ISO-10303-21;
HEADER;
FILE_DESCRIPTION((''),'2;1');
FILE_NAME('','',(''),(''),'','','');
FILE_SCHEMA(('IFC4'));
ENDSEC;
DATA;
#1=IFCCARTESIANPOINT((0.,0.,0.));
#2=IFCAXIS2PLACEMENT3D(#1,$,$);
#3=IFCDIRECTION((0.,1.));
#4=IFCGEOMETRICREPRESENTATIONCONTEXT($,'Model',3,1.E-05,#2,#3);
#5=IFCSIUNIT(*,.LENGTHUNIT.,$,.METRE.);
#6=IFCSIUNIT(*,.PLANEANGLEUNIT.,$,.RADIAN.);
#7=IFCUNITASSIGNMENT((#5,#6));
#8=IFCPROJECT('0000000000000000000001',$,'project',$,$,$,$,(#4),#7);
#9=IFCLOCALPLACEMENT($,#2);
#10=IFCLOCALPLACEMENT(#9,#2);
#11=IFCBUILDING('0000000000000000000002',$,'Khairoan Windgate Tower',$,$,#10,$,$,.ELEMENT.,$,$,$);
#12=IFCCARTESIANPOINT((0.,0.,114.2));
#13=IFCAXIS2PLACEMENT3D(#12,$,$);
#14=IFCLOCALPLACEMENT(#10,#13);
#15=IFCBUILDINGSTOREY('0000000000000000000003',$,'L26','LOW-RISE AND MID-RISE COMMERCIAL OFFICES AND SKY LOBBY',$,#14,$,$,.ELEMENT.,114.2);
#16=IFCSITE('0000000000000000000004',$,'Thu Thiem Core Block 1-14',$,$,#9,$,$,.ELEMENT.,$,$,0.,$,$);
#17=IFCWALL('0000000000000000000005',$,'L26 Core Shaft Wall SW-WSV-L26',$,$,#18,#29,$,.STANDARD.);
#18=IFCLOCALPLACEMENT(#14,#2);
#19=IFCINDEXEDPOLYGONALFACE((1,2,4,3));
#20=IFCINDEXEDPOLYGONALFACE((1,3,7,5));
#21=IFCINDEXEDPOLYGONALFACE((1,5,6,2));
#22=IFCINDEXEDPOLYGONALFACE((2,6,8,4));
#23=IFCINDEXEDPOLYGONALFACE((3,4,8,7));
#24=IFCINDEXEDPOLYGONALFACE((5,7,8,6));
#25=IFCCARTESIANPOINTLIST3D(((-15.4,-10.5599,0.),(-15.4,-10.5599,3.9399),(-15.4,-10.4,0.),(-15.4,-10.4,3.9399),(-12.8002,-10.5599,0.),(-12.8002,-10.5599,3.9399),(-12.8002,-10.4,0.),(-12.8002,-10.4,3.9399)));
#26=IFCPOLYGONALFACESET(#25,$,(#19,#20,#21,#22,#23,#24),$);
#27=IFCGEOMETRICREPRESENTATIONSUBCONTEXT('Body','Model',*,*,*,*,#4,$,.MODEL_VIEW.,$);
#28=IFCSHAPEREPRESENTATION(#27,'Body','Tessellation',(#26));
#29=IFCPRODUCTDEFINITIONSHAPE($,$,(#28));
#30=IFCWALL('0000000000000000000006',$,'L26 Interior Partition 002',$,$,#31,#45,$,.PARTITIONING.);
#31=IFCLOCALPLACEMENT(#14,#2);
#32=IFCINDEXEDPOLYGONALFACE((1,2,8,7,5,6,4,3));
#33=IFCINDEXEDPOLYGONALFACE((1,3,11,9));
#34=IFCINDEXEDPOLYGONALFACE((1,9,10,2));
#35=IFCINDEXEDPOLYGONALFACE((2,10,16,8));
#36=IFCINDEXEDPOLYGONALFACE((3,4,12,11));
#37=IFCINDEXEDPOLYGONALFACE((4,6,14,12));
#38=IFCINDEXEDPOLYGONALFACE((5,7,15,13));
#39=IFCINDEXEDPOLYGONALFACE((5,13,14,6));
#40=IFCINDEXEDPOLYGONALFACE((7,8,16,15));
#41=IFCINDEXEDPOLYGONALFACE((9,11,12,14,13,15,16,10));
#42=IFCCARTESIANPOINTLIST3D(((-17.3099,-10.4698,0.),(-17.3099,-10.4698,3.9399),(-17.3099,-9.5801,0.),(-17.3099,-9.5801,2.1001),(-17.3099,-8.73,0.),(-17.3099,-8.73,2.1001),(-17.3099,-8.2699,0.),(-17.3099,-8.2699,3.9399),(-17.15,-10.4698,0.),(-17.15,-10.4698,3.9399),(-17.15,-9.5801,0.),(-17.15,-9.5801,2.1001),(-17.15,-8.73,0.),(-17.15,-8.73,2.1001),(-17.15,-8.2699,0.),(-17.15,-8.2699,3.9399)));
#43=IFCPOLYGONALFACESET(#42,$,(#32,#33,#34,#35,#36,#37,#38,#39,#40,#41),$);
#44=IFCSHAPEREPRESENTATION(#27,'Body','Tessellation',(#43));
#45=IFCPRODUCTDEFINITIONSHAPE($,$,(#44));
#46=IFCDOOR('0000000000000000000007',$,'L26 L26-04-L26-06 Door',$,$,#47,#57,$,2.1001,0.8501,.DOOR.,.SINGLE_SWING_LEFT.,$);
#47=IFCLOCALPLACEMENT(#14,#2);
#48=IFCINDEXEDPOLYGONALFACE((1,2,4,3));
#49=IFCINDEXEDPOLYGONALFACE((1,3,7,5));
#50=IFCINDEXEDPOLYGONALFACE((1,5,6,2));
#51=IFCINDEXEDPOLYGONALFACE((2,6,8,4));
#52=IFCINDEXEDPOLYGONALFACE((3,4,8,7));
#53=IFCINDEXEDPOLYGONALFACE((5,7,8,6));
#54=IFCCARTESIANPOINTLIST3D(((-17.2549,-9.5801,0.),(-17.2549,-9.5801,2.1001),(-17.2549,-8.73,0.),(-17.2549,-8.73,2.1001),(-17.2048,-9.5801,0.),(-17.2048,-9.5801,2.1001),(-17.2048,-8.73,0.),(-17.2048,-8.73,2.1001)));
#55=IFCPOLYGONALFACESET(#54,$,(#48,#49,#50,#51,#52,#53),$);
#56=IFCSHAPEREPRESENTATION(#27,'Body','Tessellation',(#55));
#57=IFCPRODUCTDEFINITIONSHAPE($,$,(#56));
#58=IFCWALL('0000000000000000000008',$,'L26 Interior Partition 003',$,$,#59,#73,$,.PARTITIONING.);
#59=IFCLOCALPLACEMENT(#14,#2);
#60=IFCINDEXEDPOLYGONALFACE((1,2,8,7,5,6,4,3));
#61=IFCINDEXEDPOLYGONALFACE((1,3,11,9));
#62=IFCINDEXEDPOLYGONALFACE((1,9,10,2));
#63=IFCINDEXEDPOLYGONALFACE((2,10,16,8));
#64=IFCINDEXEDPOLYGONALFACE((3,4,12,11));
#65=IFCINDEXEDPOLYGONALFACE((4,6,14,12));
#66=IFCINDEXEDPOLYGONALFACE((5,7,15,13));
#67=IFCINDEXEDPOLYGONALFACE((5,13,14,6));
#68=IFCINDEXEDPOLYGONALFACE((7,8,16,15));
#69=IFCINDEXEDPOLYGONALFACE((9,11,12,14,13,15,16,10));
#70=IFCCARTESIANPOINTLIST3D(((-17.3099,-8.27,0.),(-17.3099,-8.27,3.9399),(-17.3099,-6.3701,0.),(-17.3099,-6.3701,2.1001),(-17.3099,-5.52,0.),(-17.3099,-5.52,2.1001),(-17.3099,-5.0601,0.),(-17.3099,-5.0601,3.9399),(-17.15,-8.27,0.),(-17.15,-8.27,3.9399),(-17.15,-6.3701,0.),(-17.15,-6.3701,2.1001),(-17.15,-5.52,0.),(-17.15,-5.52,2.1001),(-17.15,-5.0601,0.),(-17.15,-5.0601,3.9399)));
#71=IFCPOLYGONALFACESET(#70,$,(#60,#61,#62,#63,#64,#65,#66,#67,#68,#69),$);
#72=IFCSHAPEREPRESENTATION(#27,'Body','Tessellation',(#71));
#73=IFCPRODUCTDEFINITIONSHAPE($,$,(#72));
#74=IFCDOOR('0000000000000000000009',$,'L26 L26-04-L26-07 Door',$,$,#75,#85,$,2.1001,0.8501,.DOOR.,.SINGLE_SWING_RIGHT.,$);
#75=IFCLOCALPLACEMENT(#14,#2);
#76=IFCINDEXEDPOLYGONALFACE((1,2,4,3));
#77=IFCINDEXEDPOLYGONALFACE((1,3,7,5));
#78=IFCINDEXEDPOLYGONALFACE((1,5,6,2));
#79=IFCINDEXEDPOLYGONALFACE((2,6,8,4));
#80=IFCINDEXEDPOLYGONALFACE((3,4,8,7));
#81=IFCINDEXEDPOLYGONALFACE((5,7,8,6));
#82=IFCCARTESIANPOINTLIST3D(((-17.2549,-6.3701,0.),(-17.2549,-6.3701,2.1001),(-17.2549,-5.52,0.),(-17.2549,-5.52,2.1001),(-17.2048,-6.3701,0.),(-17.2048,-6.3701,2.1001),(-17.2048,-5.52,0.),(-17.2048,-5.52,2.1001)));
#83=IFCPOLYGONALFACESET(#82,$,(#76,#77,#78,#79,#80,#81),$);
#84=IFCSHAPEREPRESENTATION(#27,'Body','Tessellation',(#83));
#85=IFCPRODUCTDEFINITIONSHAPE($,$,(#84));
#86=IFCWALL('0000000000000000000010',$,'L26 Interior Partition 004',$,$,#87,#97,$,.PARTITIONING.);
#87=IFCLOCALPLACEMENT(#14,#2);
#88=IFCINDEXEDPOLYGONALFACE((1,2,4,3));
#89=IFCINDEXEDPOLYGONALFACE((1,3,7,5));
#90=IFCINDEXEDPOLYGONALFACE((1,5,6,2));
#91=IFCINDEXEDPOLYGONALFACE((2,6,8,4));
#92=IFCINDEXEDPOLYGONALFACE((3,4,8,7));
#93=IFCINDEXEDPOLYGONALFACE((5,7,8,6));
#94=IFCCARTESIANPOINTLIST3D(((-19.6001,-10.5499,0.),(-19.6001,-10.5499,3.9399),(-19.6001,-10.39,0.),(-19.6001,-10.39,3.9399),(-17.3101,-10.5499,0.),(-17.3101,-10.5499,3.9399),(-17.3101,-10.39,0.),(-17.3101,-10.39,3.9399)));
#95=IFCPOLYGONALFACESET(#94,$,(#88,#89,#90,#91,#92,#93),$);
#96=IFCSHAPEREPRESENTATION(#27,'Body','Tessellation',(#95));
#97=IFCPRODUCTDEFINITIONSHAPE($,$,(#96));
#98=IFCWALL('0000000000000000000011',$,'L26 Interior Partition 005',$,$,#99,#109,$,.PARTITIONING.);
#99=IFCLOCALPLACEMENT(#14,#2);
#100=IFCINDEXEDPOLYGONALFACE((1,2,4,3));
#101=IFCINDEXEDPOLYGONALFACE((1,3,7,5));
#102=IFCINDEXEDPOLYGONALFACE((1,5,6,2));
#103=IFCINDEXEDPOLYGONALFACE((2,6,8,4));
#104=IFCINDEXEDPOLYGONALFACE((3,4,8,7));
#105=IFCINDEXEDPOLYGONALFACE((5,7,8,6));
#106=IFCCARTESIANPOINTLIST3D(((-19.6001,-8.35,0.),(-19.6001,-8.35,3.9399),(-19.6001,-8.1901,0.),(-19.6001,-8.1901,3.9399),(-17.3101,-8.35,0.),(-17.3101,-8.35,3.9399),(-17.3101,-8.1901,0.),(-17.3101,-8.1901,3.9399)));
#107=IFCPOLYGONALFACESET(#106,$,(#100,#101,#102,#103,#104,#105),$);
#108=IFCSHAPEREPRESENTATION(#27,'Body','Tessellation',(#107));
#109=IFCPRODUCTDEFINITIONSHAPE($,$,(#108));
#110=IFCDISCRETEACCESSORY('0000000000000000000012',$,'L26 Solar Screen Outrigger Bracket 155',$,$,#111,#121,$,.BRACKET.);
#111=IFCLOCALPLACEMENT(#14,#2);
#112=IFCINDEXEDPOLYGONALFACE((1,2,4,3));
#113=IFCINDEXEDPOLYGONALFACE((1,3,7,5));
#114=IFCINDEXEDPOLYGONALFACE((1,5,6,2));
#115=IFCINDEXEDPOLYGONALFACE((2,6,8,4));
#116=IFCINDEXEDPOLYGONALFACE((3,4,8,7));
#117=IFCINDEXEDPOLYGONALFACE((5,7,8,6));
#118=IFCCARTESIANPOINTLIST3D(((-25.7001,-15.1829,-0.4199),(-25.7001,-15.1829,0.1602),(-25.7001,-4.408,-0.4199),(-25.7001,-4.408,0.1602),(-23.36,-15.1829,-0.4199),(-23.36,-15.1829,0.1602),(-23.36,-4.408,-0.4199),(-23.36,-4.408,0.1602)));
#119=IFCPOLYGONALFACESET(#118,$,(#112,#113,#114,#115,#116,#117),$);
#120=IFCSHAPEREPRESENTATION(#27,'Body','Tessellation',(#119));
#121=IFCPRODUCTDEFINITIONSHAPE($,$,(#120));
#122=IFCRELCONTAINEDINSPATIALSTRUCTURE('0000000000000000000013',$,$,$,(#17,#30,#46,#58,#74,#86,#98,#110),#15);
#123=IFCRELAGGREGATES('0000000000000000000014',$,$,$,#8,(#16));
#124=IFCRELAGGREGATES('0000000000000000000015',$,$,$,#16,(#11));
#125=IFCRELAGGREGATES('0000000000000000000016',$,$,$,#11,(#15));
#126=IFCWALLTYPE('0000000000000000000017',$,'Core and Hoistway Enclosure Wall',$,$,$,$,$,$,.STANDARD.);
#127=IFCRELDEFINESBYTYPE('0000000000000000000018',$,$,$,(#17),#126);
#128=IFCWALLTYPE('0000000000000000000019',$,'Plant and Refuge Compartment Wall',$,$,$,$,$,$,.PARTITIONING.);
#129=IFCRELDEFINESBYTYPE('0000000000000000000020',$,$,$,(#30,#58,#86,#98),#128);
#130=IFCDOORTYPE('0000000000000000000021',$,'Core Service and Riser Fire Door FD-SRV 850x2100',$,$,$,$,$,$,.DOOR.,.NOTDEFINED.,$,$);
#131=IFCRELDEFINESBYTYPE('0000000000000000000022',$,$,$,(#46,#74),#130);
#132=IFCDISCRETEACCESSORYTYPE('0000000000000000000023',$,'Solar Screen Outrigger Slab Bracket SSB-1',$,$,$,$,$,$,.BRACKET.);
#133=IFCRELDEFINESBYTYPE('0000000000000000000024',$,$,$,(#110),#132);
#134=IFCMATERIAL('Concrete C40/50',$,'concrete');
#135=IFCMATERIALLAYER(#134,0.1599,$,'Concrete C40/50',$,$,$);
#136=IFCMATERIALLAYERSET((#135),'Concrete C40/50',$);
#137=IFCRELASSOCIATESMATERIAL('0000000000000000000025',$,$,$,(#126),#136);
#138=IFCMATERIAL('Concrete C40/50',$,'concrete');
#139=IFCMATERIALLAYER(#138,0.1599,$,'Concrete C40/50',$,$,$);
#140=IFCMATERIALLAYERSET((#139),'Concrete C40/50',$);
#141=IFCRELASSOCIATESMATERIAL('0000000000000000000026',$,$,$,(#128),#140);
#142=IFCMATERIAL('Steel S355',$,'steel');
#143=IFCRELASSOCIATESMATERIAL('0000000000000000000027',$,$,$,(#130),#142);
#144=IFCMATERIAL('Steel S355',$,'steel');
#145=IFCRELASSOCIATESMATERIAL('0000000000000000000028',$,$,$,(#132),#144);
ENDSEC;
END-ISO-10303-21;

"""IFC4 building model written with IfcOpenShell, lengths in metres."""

from ifc_helpers import new_model, si_unit, direction, frame, frame_2d, origin, origin_2d, place, context, subcontext, project, spatial, rectangle, extrude, material, layer, layer_set, type_object, element, fill, save


model = new_model("IFC4")

# Units and contexts
model_context = context("Model", 3, precision=1e-05, world=origin(), true_north=direction((0.0, 1.0)))
body_context = subcontext(model_context, "Body", "Model", "MODEL_VIEW")
ifc_project = project(units=[si_unit("LENGTHUNIT", "METRE"), si_unit("PLANEANGLEUNIT", "RADIAN")], contexts=[model_context])

# Site, building, storey
site_placement = place(None, origin())
site = spatial("IfcSite", under=ifc_project, at=site_placement, Name="Thu Thiem Core Block 1-14", CompositionType="ELEMENT", RefElevation=0.0)
building_placement = place(site_placement, origin())
building = spatial("IfcBuilding", under=site, at=building_placement, Name="Khairoan Windgate Tower", CompositionType="ELEMENT")
storey_placement = place(building_placement, frame((0.0, 0.0, 114.2)))
storey = spatial("IfcBuildingStorey", under=building, at=storey_placement, Name="L26", Description="LOW-RISE AND MID-RISE COMMERCIAL OFFICES AND SKY LOBBY", CompositionType="ELEMENT", Elevation=114.2)

# Wall
ifc_material_1 = material(Name="Concrete C40/50", Category="concrete")
ifc_layer_1 = layer(ifc_material_1, 0.1599, Name="Concrete C40/50")
ifc_layer_set_1 = layer_set([ifc_layer_1], Name="Concrete C40/50")
wall_type_1 = type_object("IfcWallType", Name="Core and Hoistway Enclosure Wall", PredefinedType="STANDARD", material=ifc_layer_set_1)
wall_1_placement = place(storey_placement, frame((-15.3999, -10.48, 0.0), z_axis=(0.0, 0.0, 1.0), x_axis=(1.0, 0.0, 0.0)))
element("IfcWall", 1, at=wall_1_placement, inside=storey, type_object=wall_type_1, Name="L26 Core Shaft Wall SW-WSV-L26", PredefinedType="STANDARD", context=body_context, shape_type="SweptSolid", body=[
    extrude(rectangle(XDim=2.5999, YDim=0.1599, at=frame_2d((1.2998, 0.0))), origin(), (0.0, 0.0, 1.0), 3.9399),
])

# Walls, openings, doors
ifc_material_2 = material(Name="Concrete C40/50", Category="concrete")
ifc_layer_2 = layer(ifc_material_2, 0.1599, Name="Concrete C40/50")
ifc_layer_set_2 = layer_set([ifc_layer_2], Name="Concrete C40/50")
wall_type_2 = type_object("IfcWallType", Name="Plant and Refuge Compartment Wall", PredefinedType="PARTITIONING", material=ifc_layer_set_2)
wall_2_placement = place(storey_placement, frame((-17.23, -10.47, 0.0), z_axis=(0.0, 0.0, 1.0), x_axis=(0.0, 1.0, 0.0)))
wall_2 = element("IfcWall", 2, at=wall_2_placement, inside=storey, type_object=wall_type_2, Name="L26 Interior Partition 002", PredefinedType="PARTITIONING", context=body_context, shape_type="SweptSolid", body=[
    extrude(rectangle(XDim=2.2, YDim=0.1599, at=frame_2d((1.1001, 0.0))), origin(), (0.0, 0.0, 1.0), 3.9399),
])
opening_1_placement = place(wall_2_placement, frame((0.8899, 0.0, 0.0)))
opening_1 = element("IfcOpeningElement", 3, at=opening_1_placement, cuts=wall_2, PredefinedType="OPENING", context=body_context, shape_type="SweptSolid", body=[
    extrude(rectangle(XDim=0.8501, YDim=2.1001, at=frame_2d((0.425, 1.05))), frame((0.0, 0.0898, 0.0), z_axis=(0.0, -1.0, 0.0), x_axis=(1.0, 0.0, 0.0)), (0.0, 0.0, 1.0), 0.1799),
])
ifc_material_3 = material(Name="Steel S355", Category="steel")
door_type = type_object("IfcDoorType", Name="Core Service and Riser Fire Door FD-SRV 850x2100", OperationType="NOTDEFINED", PredefinedType="DOOR", material=ifc_material_3)
door_1_placement = place(opening_1_placement, origin())
door_1 = element("IfcDoor", 4, at=door_1_placement, inside=storey, type_object=door_type, Name="L26 L26-04-L26-06 Door", OperationType="SINGLE_SWING_LEFT", OverallHeight=2.1001, OverallWidth=0.8501, PredefinedType="DOOR", context=body_context, shape_type="SweptSolid", body=[
    extrude(rectangle(XDim=0.8501, YDim=2.1001, at=frame_2d((0.425, 1.05))), frame((0.0, 0.0249, 0.0), z_axis=(0.0, -1.0, 0.0), x_axis=(1.0, 0.0, 0.0)), (0.0, 0.0, 1.0), 0.05),
])
fill(opening_1, door_1)
wall_3_placement = place(storey_placement, frame((-17.23, -8.27, 0.0), z_axis=(0.0, 0.0, 1.0), x_axis=(0.0, 1.0, 0.0)))
wall_3 = element("IfcWall", 5, at=wall_3_placement, inside=storey, type_object=wall_type_2, Name="L26 Interior Partition 003", PredefinedType="PARTITIONING", context=body_context, shape_type="SweptSolid", body=[
    extrude(rectangle(XDim=3.21, YDim=0.1599, at=frame_2d((1.605, 0.0))), origin(), (0.0, 0.0, 1.0), 3.9399),
])
opening_2_placement = place(wall_3_placement, frame((1.8999, 0.0, 0.0)))
opening_2 = element("IfcOpeningElement", 6, at=opening_2_placement, cuts=wall_3, PredefinedType="OPENING", context=body_context, shape_type="SweptSolid", body=[
    extrude(rectangle(XDim=0.8501, YDim=2.1001, at=frame_2d((0.425, 1.05))), frame((0.0, 0.0898, 0.0), z_axis=(0.0, -1.0, 0.0), x_axis=(1.0, 0.0, 0.0)), (0.0, 0.0, 1.0), 0.1799),
])
door_2_placement = place(opening_2_placement, origin())
door_2 = element("IfcDoor", 7, at=door_2_placement, inside=storey, type_object=door_type, Name="L26 L26-04-L26-07 Door", OperationType="SINGLE_SWING_RIGHT", OverallHeight=2.1001, OverallWidth=0.8501, PredefinedType="DOOR", context=body_context, shape_type="SweptSolid", body=[
    extrude(rectangle(XDim=0.8501, YDim=2.1001, at=frame_2d((0.425, 1.05))), frame((0.0, 0.0249, 0.0), z_axis=(0.0, -1.0, 0.0), x_axis=(1.0, 0.0, 0.0)), (0.0, 0.0, 1.0), 0.05),
])
fill(opening_2, door_2)

# Walls
for number, where, z_axis, x_axis, name in (
    (8, (-19.6001, -10.47, 0.0), (0.0, 0.0, 1.0), (1.0, 0.0, 0.0), "L26 Interior Partition 004"),
    (9, (-19.6001, -8.27, 0.0), (0.0, 0.0, 1.0), (1.0, 0.0, 0.0), "L26 Interior Partition 005"),
):
    element("IfcWall", number, at=place(storey_placement, frame(where, z_axis=z_axis, x_axis=x_axis)), inside=storey, type_object=wall_type_2, Name=name, PredefinedType="PARTITIONING", context=body_context, shape_type="SweptSolid", body=[
        extrude(rectangle(XDim=2.29, YDim=0.1599, at=frame_2d((1.145, 0.0))), origin(), (0.0, 0.0, 1.0), 3.9399),
    ])

# Discrete accessory
ifc_material_4 = material(Name="Steel S355", Category="steel")
discrete_accessory_type = type_object("IfcDiscreteAccessoryType", Name="Solar Screen Outrigger Slab Bracket SSB-1", PredefinedType="BRACKET", material=ifc_material_4)
discrete_accessory_placement = place(storey_placement, frame((-24.53, -9.7954, -0.4199), z_axis=(0.0, 0.0, 1.0), x_axis=(0.0, 1.0, 0.0)))
element("IfcDiscreteAccessory", 10, at=discrete_accessory_placement, inside=storey, type_object=discrete_accessory_type, Name="L26 Solar Screen Outrigger Bracket 155", PredefinedType="BRACKET", context=body_context, shape_type="SweptSolid", body=[
    extrude(rectangle(XDim=10.7749, YDim=2.3401, at=origin_2d()), origin(), (0.0, 0.0, 1.0), 0.5801),
])

save(model, "model.ifc")
